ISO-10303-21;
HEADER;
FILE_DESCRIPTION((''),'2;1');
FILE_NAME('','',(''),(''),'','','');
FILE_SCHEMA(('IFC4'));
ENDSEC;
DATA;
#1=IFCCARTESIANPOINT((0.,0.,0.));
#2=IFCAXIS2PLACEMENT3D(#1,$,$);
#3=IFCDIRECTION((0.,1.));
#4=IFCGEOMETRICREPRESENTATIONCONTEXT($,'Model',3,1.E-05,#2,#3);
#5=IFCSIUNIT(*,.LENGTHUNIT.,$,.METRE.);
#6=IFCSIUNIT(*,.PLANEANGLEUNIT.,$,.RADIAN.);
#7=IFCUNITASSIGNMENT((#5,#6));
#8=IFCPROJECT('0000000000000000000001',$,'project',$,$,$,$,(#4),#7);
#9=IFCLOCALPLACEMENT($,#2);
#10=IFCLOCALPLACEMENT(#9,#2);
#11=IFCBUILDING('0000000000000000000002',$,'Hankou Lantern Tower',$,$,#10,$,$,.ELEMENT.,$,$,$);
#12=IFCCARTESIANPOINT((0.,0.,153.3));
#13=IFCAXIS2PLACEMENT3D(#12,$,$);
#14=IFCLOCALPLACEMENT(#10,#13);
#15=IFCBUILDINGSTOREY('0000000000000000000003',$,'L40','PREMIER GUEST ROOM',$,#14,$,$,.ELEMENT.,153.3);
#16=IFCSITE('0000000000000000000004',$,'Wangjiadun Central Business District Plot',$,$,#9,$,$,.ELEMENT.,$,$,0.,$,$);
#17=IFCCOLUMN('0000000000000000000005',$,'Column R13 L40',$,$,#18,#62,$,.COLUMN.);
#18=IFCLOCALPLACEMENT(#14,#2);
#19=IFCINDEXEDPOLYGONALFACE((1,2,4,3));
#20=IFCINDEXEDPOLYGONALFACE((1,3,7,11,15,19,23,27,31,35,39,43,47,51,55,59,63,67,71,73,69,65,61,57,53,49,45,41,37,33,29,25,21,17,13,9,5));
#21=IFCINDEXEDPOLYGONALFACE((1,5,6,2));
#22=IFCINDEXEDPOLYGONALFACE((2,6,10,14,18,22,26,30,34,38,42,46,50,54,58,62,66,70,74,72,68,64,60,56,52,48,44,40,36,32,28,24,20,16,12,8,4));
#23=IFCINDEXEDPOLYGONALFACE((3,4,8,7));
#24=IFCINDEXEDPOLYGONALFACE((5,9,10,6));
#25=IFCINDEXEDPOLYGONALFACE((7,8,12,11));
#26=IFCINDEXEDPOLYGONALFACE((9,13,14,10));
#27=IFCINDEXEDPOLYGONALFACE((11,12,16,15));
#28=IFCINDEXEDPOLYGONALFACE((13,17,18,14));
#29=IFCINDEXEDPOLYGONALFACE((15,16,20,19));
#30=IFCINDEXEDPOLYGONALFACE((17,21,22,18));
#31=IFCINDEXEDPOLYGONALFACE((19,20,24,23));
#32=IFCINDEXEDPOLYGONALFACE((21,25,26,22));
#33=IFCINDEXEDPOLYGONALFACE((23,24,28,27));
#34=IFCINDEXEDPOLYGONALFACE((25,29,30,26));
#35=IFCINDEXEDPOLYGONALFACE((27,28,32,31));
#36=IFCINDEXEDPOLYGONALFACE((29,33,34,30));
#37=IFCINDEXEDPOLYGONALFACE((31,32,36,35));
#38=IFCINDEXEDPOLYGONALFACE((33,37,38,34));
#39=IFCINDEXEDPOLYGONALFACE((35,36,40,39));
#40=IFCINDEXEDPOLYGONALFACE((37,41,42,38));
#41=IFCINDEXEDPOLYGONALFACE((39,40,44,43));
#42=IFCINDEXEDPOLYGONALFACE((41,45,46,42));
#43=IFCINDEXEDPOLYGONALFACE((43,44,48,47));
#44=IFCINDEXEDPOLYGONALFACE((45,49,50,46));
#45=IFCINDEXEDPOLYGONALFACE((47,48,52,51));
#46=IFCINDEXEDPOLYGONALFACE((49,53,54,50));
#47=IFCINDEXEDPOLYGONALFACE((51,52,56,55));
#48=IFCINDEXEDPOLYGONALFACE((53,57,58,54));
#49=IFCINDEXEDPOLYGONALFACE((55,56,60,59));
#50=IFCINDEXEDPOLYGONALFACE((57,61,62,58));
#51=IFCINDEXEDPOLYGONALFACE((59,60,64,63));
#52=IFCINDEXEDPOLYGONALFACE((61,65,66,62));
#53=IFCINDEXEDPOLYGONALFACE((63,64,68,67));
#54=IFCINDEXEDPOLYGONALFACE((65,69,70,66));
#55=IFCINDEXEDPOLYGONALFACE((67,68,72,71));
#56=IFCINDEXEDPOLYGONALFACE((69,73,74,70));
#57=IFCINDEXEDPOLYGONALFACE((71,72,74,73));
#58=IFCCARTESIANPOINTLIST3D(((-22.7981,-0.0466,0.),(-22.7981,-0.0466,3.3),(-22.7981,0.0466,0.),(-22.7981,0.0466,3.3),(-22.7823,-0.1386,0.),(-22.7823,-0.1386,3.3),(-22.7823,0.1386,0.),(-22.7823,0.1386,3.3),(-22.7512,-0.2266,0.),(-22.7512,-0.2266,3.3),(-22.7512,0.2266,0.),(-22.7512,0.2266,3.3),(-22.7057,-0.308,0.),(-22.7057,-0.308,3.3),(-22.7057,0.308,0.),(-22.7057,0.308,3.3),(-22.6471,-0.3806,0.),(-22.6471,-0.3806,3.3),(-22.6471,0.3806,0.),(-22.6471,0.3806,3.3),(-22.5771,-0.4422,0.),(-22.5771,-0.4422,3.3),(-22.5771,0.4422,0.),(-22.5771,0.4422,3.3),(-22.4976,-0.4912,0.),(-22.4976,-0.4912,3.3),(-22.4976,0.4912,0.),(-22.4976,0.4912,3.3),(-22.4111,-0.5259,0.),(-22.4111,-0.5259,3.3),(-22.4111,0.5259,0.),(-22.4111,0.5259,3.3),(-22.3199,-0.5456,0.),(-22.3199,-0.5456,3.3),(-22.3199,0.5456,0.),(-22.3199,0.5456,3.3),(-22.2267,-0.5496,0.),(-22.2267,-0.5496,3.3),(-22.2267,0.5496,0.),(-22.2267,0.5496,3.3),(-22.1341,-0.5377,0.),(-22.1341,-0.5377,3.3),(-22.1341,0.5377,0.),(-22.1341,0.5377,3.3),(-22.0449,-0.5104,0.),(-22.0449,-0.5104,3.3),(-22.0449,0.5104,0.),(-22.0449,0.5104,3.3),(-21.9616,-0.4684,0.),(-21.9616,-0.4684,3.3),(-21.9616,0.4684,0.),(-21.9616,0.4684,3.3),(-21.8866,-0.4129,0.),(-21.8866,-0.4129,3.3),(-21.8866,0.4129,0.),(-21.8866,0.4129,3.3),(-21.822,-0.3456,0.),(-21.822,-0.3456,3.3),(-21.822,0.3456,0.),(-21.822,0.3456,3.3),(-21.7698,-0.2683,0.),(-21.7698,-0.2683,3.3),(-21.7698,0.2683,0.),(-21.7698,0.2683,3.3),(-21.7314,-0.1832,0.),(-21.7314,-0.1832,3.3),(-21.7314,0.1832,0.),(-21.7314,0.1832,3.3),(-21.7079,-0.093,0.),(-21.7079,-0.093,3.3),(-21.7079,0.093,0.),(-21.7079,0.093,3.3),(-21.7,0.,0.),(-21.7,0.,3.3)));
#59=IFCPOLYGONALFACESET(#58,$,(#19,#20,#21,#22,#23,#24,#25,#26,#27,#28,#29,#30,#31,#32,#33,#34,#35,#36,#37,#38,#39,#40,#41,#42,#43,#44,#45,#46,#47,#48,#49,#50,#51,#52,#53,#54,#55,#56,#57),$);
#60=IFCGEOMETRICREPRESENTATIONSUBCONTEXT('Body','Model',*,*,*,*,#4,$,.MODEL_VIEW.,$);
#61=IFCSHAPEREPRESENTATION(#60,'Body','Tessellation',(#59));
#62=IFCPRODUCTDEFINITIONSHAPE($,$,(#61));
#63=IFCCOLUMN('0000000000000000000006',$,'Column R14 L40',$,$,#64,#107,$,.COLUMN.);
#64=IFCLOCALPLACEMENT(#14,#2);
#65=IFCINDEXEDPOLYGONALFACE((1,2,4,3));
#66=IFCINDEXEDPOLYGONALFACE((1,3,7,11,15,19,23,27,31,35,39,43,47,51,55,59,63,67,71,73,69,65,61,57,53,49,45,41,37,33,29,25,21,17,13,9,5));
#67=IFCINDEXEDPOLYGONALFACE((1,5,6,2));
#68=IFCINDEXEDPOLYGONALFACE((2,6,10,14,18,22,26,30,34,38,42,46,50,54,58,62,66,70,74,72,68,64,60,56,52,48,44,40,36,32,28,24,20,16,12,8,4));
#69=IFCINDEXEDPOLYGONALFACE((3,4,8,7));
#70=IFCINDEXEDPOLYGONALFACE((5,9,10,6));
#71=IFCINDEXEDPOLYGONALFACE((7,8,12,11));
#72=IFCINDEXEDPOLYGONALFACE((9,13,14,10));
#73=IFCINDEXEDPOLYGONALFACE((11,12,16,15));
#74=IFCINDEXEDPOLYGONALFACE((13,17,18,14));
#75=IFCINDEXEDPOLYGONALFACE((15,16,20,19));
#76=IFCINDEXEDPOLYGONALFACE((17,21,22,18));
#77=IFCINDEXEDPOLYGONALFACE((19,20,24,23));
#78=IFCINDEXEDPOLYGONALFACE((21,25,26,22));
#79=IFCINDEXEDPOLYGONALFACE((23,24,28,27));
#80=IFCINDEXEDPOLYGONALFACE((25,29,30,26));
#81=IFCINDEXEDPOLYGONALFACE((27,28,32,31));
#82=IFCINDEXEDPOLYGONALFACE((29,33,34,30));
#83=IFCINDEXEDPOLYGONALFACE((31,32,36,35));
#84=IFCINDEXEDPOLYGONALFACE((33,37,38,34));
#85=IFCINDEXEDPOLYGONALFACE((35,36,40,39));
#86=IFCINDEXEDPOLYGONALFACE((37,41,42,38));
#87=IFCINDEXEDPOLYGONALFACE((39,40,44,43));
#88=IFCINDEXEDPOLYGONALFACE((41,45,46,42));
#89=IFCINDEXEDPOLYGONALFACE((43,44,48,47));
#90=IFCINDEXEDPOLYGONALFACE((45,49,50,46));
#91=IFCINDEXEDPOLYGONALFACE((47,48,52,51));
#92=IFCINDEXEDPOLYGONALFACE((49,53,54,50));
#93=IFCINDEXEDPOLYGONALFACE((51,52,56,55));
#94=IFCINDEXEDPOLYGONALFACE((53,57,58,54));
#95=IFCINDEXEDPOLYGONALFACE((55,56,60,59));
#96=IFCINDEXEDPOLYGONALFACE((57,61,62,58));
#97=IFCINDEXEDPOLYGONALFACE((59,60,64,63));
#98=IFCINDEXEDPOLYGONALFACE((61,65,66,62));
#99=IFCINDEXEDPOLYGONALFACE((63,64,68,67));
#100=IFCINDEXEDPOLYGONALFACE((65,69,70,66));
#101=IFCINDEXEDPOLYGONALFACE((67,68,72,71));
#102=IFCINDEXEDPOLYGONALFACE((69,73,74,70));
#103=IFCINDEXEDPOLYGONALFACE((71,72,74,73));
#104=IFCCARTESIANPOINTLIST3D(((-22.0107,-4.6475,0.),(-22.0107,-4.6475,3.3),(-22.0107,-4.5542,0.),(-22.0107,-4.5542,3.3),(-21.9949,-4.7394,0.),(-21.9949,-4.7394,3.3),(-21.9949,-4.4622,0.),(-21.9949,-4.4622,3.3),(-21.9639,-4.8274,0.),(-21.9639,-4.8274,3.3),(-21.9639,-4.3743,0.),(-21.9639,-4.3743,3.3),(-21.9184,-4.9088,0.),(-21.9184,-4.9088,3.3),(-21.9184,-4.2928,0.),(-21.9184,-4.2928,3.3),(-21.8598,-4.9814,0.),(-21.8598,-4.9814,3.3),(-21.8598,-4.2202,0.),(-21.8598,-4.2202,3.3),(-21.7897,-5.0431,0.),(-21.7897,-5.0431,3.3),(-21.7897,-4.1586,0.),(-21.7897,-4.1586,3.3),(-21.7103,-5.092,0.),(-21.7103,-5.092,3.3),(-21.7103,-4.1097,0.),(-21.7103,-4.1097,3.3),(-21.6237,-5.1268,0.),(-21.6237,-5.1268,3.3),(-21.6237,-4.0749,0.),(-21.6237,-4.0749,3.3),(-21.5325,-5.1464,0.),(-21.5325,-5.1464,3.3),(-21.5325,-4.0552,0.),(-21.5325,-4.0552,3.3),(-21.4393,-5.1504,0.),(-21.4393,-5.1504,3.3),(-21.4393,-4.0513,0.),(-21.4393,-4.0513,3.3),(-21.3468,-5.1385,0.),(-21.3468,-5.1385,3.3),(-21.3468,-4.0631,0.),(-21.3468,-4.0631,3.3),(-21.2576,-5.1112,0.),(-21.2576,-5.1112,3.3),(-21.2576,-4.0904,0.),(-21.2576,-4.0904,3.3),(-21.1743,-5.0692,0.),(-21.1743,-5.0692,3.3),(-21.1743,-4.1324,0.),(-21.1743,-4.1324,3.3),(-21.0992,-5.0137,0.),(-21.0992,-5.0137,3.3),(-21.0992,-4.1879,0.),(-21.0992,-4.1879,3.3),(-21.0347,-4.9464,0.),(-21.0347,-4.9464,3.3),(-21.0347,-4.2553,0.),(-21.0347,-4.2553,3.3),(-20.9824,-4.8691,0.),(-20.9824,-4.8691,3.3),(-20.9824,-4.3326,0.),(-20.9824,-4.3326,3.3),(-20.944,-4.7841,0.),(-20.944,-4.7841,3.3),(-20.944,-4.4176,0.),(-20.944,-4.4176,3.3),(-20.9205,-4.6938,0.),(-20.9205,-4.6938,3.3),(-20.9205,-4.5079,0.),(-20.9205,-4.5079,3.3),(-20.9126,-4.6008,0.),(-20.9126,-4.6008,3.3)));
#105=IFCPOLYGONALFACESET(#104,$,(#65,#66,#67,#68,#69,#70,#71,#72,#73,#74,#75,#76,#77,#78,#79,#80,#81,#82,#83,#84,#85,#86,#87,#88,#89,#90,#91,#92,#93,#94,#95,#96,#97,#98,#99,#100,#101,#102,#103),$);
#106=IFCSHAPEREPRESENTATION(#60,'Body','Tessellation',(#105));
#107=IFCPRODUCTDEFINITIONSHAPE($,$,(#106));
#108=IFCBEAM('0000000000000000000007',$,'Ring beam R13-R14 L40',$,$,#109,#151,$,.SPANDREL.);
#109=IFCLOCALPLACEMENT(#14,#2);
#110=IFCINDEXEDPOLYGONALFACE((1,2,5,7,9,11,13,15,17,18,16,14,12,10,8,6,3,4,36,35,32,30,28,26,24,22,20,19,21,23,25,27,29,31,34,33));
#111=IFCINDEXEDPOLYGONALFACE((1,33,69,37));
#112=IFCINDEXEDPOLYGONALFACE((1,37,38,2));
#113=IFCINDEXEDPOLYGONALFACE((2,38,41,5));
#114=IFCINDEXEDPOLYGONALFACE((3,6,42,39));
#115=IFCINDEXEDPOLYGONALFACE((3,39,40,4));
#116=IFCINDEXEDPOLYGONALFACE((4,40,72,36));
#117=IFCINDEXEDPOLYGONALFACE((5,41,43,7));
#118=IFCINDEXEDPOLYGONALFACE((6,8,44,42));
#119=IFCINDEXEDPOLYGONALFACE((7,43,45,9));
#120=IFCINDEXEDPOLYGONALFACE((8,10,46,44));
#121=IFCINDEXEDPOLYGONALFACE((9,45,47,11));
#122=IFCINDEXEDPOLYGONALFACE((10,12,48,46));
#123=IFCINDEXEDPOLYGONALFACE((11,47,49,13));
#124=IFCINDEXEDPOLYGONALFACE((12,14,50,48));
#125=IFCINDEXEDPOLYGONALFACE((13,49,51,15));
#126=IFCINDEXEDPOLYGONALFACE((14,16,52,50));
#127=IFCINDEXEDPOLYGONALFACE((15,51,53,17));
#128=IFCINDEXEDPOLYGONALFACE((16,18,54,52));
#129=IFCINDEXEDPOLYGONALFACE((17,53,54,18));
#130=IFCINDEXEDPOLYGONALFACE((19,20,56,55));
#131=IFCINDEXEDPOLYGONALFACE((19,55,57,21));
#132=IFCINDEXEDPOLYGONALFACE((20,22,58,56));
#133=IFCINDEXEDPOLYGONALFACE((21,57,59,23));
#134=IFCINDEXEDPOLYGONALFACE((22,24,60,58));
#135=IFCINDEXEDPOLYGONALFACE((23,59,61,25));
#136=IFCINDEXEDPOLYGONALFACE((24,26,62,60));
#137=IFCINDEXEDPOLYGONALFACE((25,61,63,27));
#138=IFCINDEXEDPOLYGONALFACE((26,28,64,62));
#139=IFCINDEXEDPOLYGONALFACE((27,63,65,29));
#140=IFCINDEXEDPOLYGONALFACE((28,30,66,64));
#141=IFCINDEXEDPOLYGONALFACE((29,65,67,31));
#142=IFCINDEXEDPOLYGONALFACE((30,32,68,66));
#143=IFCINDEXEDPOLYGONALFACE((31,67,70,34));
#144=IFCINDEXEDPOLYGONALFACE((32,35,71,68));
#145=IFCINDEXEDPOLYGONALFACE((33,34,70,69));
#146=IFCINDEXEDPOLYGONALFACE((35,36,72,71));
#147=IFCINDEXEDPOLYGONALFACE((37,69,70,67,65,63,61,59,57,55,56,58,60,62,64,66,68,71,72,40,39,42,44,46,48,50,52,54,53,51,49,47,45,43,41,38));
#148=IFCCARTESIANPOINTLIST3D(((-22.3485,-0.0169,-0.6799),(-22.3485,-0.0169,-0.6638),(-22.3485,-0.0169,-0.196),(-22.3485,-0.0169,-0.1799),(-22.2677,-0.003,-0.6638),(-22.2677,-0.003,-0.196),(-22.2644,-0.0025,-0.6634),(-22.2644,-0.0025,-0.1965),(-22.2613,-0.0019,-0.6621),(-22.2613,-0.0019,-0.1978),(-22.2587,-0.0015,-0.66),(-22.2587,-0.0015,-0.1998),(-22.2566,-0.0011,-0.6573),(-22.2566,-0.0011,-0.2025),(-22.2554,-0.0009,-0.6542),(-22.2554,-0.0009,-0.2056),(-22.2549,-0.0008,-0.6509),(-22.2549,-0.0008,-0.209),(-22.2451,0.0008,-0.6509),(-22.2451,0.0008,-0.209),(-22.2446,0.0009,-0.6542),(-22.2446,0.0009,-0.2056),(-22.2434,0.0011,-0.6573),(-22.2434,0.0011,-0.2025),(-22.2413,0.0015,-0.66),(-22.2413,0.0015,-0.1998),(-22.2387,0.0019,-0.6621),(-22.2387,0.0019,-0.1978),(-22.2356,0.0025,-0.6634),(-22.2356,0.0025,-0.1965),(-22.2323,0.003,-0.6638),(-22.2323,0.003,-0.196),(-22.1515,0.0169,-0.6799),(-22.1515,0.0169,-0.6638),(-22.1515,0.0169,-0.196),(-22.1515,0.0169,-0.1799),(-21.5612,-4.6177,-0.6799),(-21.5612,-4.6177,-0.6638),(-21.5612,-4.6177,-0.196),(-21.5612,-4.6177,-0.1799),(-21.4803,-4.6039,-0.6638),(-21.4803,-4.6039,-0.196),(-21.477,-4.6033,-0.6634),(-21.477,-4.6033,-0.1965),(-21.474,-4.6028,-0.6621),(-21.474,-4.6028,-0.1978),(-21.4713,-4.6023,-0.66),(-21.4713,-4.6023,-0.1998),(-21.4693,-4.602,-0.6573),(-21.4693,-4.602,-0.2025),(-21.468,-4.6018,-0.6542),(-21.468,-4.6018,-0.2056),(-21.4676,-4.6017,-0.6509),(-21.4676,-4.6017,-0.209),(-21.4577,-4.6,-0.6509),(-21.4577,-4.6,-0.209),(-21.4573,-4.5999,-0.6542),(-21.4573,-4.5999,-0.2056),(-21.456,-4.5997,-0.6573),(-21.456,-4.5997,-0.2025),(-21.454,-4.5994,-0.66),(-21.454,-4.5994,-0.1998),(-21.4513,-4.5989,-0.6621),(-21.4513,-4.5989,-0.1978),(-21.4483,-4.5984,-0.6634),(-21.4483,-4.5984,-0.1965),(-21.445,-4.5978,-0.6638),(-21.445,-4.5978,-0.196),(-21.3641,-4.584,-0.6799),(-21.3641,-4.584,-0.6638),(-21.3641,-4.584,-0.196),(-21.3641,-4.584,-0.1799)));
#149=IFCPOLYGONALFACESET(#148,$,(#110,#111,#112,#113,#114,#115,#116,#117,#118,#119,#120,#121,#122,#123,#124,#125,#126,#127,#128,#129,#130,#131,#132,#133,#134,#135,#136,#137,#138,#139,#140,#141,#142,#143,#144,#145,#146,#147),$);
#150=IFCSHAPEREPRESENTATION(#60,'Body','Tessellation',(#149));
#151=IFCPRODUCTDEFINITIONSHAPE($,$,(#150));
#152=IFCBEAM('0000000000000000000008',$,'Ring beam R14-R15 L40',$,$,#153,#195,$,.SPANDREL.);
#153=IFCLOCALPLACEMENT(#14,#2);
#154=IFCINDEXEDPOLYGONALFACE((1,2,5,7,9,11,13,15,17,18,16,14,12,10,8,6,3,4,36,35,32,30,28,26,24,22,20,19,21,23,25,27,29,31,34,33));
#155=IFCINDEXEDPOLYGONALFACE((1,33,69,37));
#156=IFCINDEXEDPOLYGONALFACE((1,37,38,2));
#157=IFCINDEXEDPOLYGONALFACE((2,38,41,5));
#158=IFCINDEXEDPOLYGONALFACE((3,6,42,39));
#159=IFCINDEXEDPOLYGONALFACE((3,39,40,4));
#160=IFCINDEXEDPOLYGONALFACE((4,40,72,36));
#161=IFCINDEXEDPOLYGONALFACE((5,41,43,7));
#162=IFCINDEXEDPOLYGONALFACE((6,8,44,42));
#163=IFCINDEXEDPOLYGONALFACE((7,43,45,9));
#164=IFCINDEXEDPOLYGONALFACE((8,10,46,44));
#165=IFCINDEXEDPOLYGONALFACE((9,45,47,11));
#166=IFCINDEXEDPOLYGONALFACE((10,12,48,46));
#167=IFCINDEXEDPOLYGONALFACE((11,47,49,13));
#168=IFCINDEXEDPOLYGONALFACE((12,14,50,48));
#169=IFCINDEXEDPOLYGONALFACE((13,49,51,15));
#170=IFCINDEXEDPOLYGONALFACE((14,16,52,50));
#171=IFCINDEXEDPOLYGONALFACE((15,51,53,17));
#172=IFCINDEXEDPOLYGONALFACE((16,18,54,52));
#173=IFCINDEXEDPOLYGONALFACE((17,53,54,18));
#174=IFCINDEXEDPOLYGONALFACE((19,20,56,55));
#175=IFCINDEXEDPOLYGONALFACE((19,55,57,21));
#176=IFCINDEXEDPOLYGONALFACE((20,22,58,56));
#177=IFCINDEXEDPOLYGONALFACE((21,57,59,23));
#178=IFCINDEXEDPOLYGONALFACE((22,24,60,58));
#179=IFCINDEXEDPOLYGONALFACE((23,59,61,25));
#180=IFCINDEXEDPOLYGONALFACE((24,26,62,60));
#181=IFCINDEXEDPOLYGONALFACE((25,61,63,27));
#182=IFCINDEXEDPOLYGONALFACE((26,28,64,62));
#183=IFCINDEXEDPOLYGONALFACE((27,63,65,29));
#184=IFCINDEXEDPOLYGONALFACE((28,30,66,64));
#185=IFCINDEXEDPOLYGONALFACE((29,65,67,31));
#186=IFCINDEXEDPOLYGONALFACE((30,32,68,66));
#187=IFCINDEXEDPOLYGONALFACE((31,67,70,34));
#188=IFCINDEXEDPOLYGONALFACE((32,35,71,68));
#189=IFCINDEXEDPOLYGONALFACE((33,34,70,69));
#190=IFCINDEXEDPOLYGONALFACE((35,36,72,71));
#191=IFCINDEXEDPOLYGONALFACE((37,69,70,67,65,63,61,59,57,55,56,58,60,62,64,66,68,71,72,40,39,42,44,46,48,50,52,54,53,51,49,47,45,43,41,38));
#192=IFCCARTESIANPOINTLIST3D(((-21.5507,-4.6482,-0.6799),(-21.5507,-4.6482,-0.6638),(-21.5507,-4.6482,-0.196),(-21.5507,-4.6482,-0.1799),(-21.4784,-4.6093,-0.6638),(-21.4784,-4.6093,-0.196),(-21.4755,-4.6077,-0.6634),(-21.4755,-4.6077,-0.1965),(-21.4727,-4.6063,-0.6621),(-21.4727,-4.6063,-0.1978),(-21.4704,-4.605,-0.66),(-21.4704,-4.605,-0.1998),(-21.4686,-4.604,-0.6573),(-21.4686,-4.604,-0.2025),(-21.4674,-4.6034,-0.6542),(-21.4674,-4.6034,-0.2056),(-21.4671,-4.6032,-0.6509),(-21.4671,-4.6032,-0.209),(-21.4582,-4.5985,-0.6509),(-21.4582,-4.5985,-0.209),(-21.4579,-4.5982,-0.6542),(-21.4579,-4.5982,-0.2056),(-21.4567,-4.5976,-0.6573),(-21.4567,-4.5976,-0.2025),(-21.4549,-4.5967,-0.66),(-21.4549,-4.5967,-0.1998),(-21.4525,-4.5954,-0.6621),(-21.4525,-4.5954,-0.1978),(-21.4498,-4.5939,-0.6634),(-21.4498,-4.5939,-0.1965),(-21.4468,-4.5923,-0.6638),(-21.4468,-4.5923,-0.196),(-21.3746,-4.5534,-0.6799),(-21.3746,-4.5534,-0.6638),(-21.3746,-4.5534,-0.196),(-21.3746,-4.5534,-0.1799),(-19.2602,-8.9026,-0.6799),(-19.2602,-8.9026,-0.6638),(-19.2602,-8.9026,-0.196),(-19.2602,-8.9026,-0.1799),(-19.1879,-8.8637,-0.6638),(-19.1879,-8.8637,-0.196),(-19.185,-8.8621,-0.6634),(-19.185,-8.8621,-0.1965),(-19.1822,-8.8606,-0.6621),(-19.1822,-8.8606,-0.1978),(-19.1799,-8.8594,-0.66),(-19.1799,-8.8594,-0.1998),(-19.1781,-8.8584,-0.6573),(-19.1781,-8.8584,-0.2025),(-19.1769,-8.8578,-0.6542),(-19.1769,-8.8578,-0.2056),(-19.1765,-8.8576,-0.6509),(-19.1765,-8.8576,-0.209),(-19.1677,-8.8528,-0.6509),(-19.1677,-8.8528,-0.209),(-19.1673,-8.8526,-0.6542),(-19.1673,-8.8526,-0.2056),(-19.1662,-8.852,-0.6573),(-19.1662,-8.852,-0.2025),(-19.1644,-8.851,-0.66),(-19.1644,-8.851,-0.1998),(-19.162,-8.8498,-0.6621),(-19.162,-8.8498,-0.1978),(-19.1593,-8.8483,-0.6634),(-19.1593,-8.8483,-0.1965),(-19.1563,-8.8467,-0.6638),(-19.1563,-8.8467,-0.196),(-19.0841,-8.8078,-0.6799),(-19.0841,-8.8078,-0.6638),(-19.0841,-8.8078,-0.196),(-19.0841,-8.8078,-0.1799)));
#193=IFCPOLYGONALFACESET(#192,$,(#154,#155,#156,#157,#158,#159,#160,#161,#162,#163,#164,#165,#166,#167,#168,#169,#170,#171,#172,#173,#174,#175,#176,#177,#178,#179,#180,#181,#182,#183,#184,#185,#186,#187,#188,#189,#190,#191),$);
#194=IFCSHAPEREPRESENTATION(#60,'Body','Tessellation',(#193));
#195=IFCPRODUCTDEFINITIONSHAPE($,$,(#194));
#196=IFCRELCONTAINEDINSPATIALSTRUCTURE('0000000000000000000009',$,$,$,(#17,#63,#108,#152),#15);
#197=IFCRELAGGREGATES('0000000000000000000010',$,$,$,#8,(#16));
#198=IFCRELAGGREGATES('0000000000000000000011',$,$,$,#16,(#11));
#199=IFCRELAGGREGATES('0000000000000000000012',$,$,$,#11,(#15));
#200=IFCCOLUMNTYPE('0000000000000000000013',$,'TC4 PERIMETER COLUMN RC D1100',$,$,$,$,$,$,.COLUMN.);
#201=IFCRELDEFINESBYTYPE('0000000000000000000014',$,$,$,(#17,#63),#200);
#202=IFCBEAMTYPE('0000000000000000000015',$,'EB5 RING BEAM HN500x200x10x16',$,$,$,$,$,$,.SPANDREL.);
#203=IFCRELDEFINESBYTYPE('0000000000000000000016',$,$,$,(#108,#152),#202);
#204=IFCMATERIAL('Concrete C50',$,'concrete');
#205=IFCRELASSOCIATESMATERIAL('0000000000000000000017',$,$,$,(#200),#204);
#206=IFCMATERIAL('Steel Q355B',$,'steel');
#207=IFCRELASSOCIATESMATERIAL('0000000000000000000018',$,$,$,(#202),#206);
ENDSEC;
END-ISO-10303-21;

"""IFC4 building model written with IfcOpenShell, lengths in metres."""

from ifc_helpers import new_model, si_unit, direction, frame, origin, origin_2d, place, context, subcontext, project, spatial, circle, i_section, extrude, material, material_profile, profile_set, type_object, element, save


model = new_model("IFC4")

# Units and contexts
model_context = context("Model", 3, precision=1e-05, world=origin(), true_north=direction((0.0, 1.0)))
body_context = subcontext(model_context, "Body", "Model", "MODEL_VIEW")
ifc_project = project(units=[si_unit("LENGTHUNIT", "METRE"), si_unit("PLANEANGLEUNIT", "RADIAN")], contexts=[model_context])

# Site, building, storey
site_placement = place(None, origin())
site = spatial("IfcSite", under=ifc_project, at=site_placement, Name="Wangjiadun Central Business District Plot", CompositionType="ELEMENT", RefElevation=0.0)
building_placement = place(site_placement, origin())
building = spatial("IfcBuilding", under=site, at=building_placement, Name="Hankou Lantern Tower", CompositionType="ELEMENT")
storey_placement = place(building_placement, frame((0.0, 0.0, 153.3)))
storey = spatial("IfcBuildingStorey", under=building, at=storey_placement, Name="L40", Description="PREMIER GUEST ROOM", CompositionType="ELEMENT", Elevation=153.3)

# Columns
ifc_material_1 = material(Name="Concrete C50", Category="concrete")
ifc_material_profile_1 = material_profile(ifc_material_1, circle(Radius=0.55, at=origin_2d()), Name="RC D1100")
ifc_profile_set_1 = profile_set([ifc_material_profile_1], Name="Concrete C50")
column_type = type_object("IfcColumnType", Name="TC4 PERIMETER COLUMN RC D1100", PredefinedType="COLUMN", material=ifc_profile_set_1)
for number, where, z_axis, x_axis, name in (
    (1, (-22.25, 0.0, 0.0), (0.0, 0.0, 1.0), (1.0, 0.0, 0.0), "Column R13 L40"),
    (2, (-21.4626, -4.6008, 0.0), (0.0, 0.0, 1.0), (1.0, 0.0, 0.0), "Column R14 L40"),
):
    element("IfcColumn", number, at=place(storey_placement, frame(where, z_axis=z_axis, x_axis=x_axis)), inside=storey, type_object=column_type, Name=name, PredefinedType="COLUMN", context=body_context, shape_type="SweptSolid", body=[
        extrude(circle(Radius=0.55, at=origin_2d()), origin(), (0.0, 0.0, 1.0), 3.3),
    ])

# Beams
ifc_material_2 = material(Name="Steel Q355B", Category="steel")
ifc_material_profile_2 = material_profile(ifc_material_2, i_section(OverallWidth=0.2, OverallDepth=0.5, WebThickness=0.01, FlangeThickness=0.0161, FilletRadius=0.0129, at=origin_2d()), Name="HN500x200x10x16")
ifc_profile_set_2 = profile_set([ifc_material_profile_2], Name="Steel Q355B")
beam_type_1 = type_object("IfcBeamType", Name="EB5 RING BEAM HN500x200x10x16", PredefinedType="SPANDREL", material=ifc_profile_set_2)
beam_1_placement = place(storey_placement, frame((-22.25, 0.0, -0.4299), z_axis=(0.168681, -0.985671, 0.0), x_axis=(0.985671, 0.168681, 0.0)))
element("IfcBeam", 3, at=beam_1_placement, inside=storey, type_object=beam_type_1, Name="Ring beam R13-R14 L40", PredefinedType="SPANDREL", context=body_context, shape_type="SweptSolid", body=[
    extrude(i_section(OverallWidth=0.2, OverallDepth=0.5, WebThickness=0.01, FlangeThickness=0.0161, FilletRadius=0.0129, at=origin_2d()), origin(), (0.0, 0.0, 1.0), 4.6677),
])
beam_2_placement = place(storey_placement, frame((-21.4626, -4.6008, -0.4299), z_axis=(0.474052, -0.880497, 0.0), x_axis=(0.880497, 0.474052, 0.0)))
element("IfcBeam", 4, at=beam_2_placement, inside=storey, type_object=beam_type_1, Name="Ring beam R14-R15 L40", PredefinedType="SPANDREL", context=body_context, shape_type="SweptSolid", body=[
    extrude(i_section(OverallWidth=0.2, OverallDepth=0.5, WebThickness=0.01, FlangeThickness=0.0161, FilletRadius=0.0129, at=origin_2d()), origin(), (0.0, 0.0, 1.0), 4.8318),
])

save(model, "model.ifc")
